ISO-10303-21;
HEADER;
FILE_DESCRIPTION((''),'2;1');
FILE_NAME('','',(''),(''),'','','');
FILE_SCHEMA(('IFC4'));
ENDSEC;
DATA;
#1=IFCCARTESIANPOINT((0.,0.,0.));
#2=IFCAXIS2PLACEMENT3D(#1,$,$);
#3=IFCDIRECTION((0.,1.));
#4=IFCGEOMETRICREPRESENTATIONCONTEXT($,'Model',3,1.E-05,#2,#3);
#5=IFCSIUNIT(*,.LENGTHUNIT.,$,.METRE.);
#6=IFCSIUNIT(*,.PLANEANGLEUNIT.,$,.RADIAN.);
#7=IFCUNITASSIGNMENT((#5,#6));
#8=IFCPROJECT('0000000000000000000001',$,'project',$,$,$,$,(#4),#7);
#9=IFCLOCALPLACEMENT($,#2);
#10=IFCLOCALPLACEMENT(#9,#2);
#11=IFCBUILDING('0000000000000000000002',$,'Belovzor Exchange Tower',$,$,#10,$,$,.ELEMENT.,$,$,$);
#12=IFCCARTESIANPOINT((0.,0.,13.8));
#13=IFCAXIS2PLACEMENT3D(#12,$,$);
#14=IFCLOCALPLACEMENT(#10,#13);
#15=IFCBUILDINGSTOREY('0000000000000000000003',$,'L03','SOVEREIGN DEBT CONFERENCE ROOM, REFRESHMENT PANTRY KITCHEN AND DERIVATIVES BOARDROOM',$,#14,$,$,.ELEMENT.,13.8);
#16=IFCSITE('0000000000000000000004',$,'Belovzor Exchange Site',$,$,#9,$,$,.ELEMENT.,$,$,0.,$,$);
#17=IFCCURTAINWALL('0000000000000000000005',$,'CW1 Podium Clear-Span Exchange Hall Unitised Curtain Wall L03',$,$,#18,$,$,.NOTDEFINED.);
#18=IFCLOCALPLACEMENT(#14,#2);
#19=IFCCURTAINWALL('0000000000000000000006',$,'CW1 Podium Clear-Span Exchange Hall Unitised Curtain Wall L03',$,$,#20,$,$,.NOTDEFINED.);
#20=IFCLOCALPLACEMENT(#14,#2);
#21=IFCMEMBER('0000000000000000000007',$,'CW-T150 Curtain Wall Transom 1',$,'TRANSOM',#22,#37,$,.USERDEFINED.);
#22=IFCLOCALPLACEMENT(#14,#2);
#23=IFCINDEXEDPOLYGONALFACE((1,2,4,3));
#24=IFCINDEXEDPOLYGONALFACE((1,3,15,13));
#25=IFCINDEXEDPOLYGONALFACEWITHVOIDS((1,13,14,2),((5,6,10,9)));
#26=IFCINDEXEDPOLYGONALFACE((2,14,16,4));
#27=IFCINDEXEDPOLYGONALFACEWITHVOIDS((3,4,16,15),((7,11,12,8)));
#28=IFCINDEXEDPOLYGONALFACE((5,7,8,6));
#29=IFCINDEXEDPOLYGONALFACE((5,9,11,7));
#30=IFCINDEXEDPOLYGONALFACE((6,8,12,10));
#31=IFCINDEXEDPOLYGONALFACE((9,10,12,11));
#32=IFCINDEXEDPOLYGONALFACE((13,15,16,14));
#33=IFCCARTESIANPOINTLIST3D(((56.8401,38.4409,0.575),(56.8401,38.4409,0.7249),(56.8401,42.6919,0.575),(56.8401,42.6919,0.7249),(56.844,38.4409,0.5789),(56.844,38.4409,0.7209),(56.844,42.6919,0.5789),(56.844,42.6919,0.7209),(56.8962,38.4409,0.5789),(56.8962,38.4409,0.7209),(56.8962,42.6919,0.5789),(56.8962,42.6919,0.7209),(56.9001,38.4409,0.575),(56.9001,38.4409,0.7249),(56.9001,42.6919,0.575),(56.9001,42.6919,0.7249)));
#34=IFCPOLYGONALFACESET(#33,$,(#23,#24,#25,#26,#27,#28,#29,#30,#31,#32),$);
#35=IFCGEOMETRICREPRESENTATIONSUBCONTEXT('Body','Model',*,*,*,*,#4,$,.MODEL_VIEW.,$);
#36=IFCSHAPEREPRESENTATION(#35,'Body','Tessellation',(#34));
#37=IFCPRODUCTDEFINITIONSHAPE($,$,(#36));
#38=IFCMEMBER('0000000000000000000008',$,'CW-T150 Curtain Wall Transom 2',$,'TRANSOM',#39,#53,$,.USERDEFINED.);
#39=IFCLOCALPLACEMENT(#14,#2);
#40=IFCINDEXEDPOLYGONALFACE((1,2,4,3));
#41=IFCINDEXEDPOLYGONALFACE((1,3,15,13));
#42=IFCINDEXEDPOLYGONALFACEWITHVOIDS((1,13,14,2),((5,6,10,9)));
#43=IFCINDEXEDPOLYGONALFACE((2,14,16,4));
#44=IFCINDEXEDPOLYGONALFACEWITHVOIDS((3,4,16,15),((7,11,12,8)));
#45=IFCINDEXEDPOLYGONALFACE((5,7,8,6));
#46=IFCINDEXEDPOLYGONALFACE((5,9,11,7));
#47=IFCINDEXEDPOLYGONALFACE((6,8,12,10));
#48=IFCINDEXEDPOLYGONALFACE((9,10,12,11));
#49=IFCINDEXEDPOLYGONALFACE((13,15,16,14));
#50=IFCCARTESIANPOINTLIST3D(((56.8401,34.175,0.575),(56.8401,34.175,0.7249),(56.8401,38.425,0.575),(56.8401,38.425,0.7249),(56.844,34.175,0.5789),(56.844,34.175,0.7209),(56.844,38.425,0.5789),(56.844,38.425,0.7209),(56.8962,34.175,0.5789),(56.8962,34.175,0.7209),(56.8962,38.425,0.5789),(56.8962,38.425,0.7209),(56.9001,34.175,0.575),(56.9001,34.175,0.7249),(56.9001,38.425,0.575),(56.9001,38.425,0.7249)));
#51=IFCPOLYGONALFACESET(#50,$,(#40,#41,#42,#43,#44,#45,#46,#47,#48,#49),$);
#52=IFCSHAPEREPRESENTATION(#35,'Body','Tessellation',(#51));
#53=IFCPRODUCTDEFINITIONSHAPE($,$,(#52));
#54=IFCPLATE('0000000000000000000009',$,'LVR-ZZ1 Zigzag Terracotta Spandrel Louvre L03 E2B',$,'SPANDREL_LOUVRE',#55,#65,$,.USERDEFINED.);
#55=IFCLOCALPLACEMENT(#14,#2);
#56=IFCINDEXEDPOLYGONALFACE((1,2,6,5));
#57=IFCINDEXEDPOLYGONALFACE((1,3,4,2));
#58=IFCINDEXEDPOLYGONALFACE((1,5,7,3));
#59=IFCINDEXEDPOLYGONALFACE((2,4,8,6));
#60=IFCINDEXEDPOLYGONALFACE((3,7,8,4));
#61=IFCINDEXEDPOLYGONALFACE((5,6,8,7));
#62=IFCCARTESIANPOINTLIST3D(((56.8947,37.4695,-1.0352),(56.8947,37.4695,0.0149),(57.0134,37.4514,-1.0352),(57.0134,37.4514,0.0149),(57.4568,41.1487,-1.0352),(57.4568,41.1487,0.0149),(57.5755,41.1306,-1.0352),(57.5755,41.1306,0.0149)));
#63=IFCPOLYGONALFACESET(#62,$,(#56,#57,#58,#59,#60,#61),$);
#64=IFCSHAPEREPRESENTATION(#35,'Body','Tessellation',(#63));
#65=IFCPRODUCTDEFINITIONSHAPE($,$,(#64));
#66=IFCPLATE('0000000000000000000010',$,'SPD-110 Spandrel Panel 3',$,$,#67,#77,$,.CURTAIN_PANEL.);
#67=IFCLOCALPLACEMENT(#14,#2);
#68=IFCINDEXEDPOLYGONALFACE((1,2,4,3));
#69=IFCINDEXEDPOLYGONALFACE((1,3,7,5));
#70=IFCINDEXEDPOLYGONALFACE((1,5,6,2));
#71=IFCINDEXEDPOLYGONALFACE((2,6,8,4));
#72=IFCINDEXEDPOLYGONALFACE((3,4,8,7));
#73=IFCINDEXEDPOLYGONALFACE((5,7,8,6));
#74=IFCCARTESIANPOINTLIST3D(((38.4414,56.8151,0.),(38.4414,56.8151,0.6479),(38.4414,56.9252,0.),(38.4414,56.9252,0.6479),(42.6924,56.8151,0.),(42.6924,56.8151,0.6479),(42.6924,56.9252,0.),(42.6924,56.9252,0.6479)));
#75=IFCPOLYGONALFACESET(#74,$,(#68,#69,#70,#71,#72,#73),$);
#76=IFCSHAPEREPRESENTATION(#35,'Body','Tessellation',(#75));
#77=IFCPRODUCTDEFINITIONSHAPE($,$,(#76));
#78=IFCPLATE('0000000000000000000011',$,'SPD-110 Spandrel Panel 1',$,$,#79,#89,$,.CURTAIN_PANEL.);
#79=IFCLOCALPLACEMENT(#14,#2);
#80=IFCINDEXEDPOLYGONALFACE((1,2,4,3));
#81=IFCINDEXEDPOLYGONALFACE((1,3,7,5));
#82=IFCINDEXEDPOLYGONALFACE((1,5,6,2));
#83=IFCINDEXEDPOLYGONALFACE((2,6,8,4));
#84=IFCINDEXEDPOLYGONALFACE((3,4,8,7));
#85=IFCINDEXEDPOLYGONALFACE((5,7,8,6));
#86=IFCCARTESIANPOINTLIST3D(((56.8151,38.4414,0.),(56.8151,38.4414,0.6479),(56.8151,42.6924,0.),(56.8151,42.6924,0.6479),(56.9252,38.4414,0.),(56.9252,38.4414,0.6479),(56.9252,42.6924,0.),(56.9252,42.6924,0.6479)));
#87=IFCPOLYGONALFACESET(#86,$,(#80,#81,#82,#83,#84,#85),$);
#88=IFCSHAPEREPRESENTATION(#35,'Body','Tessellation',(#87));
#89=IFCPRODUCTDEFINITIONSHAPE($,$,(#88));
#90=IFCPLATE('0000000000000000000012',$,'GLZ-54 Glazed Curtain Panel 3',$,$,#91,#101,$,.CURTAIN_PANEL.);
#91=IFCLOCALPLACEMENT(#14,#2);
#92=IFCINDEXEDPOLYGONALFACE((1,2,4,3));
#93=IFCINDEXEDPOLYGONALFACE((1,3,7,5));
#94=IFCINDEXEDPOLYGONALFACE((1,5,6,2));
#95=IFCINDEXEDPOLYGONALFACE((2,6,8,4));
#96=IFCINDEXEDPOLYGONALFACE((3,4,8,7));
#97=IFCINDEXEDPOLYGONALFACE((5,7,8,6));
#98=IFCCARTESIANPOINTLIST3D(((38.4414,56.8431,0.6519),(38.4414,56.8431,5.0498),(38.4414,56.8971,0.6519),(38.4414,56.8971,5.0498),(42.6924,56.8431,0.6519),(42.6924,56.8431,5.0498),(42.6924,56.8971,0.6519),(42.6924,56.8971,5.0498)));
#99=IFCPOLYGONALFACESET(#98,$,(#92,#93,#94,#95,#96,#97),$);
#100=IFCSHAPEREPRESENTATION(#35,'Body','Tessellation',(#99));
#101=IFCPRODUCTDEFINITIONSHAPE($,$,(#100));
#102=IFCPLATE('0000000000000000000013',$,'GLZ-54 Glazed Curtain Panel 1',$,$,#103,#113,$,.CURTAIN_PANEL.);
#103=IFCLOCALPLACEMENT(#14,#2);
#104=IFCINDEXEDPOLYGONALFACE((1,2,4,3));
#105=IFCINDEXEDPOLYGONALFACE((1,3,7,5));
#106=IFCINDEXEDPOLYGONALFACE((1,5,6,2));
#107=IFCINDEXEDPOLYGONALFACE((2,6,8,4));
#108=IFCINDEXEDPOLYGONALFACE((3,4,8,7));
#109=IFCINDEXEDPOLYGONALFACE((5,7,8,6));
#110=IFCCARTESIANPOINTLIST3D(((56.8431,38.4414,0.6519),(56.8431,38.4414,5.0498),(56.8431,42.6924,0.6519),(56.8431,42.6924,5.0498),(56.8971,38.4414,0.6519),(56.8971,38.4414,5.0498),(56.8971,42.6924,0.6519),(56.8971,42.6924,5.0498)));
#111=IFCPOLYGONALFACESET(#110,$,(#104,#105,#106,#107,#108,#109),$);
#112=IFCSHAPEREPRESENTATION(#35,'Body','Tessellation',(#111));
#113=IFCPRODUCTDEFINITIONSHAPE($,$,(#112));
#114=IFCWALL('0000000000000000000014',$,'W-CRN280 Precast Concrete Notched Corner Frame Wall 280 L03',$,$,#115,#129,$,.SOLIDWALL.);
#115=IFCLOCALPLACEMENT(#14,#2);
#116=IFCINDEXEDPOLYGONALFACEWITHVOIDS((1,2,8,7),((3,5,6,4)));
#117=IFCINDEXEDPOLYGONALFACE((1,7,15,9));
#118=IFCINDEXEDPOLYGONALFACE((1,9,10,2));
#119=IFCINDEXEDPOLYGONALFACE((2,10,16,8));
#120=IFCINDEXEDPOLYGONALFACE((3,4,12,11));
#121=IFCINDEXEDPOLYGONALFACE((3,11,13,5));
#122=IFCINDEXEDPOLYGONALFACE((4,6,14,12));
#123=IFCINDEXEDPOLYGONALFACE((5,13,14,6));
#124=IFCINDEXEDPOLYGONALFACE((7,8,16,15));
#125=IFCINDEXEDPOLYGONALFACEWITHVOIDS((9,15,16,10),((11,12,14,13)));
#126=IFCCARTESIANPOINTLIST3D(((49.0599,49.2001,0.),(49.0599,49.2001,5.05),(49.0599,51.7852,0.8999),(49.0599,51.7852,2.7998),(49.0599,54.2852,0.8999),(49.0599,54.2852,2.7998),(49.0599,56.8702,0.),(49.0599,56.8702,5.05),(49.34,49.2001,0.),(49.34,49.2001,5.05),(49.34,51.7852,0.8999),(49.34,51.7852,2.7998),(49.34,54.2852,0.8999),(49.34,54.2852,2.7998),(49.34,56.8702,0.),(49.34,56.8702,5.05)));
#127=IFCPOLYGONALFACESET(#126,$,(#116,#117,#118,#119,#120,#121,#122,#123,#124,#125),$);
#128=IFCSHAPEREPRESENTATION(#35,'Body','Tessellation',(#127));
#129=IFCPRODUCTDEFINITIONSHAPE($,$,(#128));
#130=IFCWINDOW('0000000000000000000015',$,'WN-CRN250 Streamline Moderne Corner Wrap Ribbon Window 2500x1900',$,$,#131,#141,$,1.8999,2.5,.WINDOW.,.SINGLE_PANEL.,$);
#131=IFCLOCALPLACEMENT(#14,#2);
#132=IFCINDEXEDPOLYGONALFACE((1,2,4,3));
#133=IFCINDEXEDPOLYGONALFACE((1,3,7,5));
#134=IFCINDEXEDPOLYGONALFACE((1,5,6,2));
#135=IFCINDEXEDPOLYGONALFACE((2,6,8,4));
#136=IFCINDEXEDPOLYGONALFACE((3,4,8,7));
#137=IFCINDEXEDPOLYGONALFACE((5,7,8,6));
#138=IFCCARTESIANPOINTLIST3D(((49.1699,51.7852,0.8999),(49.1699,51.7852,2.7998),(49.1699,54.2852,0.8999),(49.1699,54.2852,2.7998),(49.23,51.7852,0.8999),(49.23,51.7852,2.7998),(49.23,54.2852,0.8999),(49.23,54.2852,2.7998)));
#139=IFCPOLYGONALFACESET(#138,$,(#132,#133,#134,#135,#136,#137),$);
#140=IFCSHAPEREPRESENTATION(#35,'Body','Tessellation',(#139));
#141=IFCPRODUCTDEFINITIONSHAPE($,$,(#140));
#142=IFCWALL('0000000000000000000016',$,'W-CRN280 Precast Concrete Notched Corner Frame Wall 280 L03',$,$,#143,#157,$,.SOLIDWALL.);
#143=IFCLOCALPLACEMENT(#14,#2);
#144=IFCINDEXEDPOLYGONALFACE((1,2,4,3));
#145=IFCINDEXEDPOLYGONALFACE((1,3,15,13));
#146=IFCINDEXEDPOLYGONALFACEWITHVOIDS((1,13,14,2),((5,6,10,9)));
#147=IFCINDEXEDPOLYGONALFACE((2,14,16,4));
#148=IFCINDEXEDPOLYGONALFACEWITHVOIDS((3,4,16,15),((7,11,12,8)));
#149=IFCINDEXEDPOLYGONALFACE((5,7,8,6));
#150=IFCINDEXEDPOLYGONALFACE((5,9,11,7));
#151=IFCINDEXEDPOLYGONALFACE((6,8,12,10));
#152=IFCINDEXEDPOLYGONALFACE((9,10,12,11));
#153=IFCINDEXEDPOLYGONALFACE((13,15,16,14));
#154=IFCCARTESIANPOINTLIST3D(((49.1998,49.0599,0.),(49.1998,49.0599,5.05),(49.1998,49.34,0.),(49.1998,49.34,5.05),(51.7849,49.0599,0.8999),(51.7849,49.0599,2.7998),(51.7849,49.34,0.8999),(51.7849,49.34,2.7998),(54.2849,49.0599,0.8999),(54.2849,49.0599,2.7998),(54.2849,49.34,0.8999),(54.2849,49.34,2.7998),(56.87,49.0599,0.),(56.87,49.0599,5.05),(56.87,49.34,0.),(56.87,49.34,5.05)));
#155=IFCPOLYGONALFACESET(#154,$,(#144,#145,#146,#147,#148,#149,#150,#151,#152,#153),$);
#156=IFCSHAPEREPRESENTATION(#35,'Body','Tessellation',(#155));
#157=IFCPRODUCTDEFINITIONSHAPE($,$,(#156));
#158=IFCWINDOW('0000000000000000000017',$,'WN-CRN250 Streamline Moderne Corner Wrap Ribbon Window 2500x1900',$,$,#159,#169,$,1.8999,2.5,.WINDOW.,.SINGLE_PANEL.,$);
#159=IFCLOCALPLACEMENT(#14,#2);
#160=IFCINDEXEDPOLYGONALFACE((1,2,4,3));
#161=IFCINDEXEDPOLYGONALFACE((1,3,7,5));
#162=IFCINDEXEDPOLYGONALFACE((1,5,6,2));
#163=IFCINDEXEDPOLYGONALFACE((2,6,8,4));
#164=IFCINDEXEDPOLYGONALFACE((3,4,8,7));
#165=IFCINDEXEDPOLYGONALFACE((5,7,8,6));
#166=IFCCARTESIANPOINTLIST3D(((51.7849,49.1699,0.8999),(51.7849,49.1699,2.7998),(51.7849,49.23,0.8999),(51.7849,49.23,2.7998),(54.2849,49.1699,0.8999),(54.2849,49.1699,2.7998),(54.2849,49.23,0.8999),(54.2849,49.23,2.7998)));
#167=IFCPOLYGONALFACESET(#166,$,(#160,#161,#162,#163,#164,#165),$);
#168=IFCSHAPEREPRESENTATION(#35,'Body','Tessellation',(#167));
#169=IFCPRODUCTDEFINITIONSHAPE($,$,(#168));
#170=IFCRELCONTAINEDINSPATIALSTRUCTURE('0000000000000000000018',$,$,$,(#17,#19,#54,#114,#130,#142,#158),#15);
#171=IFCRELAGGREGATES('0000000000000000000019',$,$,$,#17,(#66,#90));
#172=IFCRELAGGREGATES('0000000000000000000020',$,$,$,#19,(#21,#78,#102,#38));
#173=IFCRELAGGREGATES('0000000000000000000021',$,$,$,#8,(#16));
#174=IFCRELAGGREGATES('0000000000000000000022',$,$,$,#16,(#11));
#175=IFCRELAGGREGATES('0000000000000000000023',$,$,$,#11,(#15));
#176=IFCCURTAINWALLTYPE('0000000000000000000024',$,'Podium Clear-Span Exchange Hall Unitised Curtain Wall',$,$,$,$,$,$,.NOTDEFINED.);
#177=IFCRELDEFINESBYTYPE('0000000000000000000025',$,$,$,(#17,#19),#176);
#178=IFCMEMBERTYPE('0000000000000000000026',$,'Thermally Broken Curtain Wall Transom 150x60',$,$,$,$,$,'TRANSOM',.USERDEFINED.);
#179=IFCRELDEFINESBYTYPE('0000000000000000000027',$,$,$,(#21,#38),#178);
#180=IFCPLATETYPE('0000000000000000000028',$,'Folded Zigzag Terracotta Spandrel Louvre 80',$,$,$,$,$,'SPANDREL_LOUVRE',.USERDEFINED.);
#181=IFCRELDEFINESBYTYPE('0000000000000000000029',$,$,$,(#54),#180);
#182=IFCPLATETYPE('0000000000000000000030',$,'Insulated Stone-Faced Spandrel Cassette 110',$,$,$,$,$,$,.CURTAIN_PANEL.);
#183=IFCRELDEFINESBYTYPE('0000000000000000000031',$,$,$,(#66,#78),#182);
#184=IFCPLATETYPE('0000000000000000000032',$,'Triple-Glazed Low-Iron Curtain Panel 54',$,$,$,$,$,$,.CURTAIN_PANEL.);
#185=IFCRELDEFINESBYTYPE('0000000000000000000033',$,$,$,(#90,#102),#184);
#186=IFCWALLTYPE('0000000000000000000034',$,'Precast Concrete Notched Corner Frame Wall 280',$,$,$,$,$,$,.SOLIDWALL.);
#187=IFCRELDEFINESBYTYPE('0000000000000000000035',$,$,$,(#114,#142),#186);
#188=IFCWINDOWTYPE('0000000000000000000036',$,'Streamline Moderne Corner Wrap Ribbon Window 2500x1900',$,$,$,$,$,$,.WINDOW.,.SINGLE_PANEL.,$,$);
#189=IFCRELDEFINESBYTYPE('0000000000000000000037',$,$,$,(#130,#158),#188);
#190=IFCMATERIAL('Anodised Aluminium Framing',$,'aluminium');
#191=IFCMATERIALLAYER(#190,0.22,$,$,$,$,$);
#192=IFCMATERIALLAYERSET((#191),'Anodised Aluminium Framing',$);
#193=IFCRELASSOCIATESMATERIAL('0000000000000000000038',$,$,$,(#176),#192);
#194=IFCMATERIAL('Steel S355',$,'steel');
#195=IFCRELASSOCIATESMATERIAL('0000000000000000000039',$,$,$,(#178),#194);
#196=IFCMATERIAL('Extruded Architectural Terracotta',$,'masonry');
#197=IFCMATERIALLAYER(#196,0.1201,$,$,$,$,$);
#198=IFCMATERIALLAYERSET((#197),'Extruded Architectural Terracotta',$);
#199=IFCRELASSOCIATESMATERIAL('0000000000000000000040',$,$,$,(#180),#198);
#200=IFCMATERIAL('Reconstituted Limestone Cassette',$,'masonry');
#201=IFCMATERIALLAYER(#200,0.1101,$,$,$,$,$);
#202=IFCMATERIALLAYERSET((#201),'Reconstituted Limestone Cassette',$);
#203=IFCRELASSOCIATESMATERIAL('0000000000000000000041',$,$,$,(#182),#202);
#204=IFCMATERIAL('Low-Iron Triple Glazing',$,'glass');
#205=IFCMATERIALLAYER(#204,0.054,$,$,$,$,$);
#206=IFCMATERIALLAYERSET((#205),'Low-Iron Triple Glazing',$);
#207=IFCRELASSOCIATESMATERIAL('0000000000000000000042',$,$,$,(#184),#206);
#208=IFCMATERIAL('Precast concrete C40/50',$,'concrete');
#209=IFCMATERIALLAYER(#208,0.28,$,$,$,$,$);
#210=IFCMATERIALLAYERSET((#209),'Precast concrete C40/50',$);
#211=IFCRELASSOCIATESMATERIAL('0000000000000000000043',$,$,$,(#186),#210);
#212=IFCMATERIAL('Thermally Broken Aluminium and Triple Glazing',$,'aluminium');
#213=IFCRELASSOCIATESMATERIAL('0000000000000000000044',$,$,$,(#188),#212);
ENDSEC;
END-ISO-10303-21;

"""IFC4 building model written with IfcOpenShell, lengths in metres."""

from ifc_helpers import new_model, si_unit, direction, frame, frame_2d, origin, origin_2d, place, context, subcontext, project, spatial, rectangle, hollow_rectangle, extrude, material, layer, layer_set, material_profile, profile_set, type_object, element, fill, aggregate, save


model = new_model("IFC4")

# Units and contexts
model_context = context("Model", 3, precision=1e-05, world=origin(), true_north=direction((0.0, 1.0)))
body_context = subcontext(model_context, "Body", "Model", "MODEL_VIEW")
ifc_project = project(units=[si_unit("LENGTHUNIT", "METRE"), si_unit("PLANEANGLEUNIT", "RADIAN")], contexts=[model_context])

# Site, building, storey
site_placement = place(None, origin())
site = spatial("IfcSite", under=ifc_project, at=site_placement, Name="Belovzor Exchange Site", CompositionType="ELEMENT", RefElevation=0.0)
building_placement = place(site_placement, origin())
building = spatial("IfcBuilding", under=site, at=building_placement, Name="Belovzor Exchange Tower", CompositionType="ELEMENT")
storey_placement = place(building_placement, frame((0.0, 0.0, 13.8)))
storey = spatial("IfcBuildingStorey", under=building, at=storey_placement, Name="L03", Description="SOVEREIGN DEBT CONFERENCE ROOM, REFRESHMENT PANTRY KITCHEN AND DERIVATIVES BOARDROOM", CompositionType="ELEMENT", Elevation=13.8)

# Curtain wall
ifc_material_1 = material(Name="Anodised Aluminium Framing", Category="aluminium")
ifc_layer_1 = layer(ifc_material_1, 0.22)
ifc_layer_set_1 = layer_set([ifc_layer_1], Name="Anodised Aluminium Framing")
curtain_wall_type = type_object("IfcCurtainWallType", Name="Podium Clear-Span Exchange Hall Unitised Curtain Wall", PredefinedType="NOTDEFINED", material=ifc_layer_set_1)
curtain_wall_1_placement = place(storey_placement, origin())
curtain_wall_1 = element("IfcCurtainWall", 1, at=curtain_wall_1_placement, inside=storey, type_object=curtain_wall_type, Name="CW1 Podium Clear-Span Exchange Hall Unitised Curtain Wall L03", PredefinedType="NOTDEFINED")

# Curtain wall, members
curtain_wall_2_placement = place(storey_placement, origin())
curtain_wall_2 = element("IfcCurtainWall", 2, at=curtain_wall_2_placement, inside=storey, type_object=curtain_wall_type, Name="CW1 Podium Clear-Span Exchange Hall Unitised Curtain Wall L03", PredefinedType="NOTDEFINED")
ifc_material_2 = material(Name="Steel S355", Category="steel")
ifc_material_profile_1 = material_profile(ifc_material_2, hollow_rectangle(XDim=0.0601, YDim=0.1499, WallThickness=0.0039, at=origin_2d()))
ifc_profile_set_1 = profile_set([ifc_material_profile_1], Name="Steel S355")
member_type_1 = type_object("IfcMemberType", Name="Thermally Broken Curtain Wall Transom 150x60", ElementType="TRANSOM", PredefinedType="USERDEFINED", material=ifc_profile_set_1)
member_1_placement = place(storey_placement, frame((56.8701, 42.6919, 0.6499), z_axis=(0.0, -1.0, 0.0), x_axis=(1.0, 0.0, 0.0)))
member_1 = element("IfcMember", 3, at=member_1_placement, type_object=member_type_1, Name="CW-T150 Curtain Wall Transom 1", ObjectType="TRANSOM", PredefinedType="USERDEFINED", context=body_context, shape_type="SweptSolid", body=[
    extrude(hollow_rectangle(XDim=0.0601, YDim=0.1499, WallThickness=0.0039, at=origin_2d()), origin(), (0.0, 0.0, 1.0), 4.251),
])
member_2_placement = place(storey_placement, frame((56.8701, 38.425, 0.6499), z_axis=(0.0, -1.0, 0.0), x_axis=(1.0, 0.0, 0.0)))
member_2 = element("IfcMember", 4, at=member_2_placement, type_object=member_type_1, Name="CW-T150 Curtain Wall Transom 2", ObjectType="TRANSOM", PredefinedType="USERDEFINED", context=body_context, shape_type="SweptSolid", body=[
    extrude(hollow_rectangle(XDim=0.0601, YDim=0.1499, WallThickness=0.0039, at=origin_2d()), origin(), (0.0, 0.0, 1.0), 4.25),
])

# Plates
ifc_material_3 = material(Name="Extruded Architectural Terracotta", Category="masonry")
ifc_layer_2 = layer(ifc_material_3, 0.1201)
ifc_layer_set_2 = layer_set([ifc_layer_2], Name="Extruded Architectural Terracotta")
plate_type_1 = type_object("IfcPlateType", Name="Folded Zigzag Terracotta Spandrel Louvre 80", ElementType="SPANDREL_LOUVRE", PredefinedType="USERDEFINED", material=ifc_layer_set_2)
plate_1_placement = place(storey_placement, frame((57.2351, 39.3, -1.0352), z_axis=(0.0, 0.0, 1.0), x_axis=(0.151019, 0.988531, 0.0)))
element("IfcPlate", 5, at=plate_1_placement, inside=storey, type_object=plate_type_1, Name="LVR-ZZ1 Zigzag Terracotta Spandrel Louvre L03 E2B", ObjectType="SPANDREL_LOUVRE", PredefinedType="USERDEFINED", context=body_context, shape_type="SweptSolid", body=[
    extrude(rectangle(XDim=3.7219, YDim=0.1201, at=origin_2d()), origin(), (0.0, 0.0, 1.0), 1.05),
])
ifc_material_4 = material(Name="Reconstituted Limestone Cassette", Category="masonry")
ifc_layer_3 = layer(ifc_material_4, 0.1101)
ifc_layer_set_3 = layer_set([ifc_layer_3], Name="Reconstituted Limestone Cassette")
plate_type_2 = type_object("IfcPlateType", Name="Insulated Stone-Faced Spandrel Cassette 110", PredefinedType="CURTAIN_PANEL", material=ifc_layer_set_3)
plate_2_placement = place(storey_placement, frame((40.5669, 56.8701, 0.0), z_axis=(0.0, 0.0, 1.0), x_axis=(1.0, 0.0, 0.0)))
plate_2 = element("IfcPlate", 6, at=plate_2_placement, type_object=plate_type_2, Name="SPD-110 Spandrel Panel 3", PredefinedType="CURTAIN_PANEL", context=body_context, shape_type="SweptSolid", body=[
    extrude(rectangle(XDim=4.251, YDim=0.1101, at=origin_2d()), origin(), (0.0, 0.0, 1.0), 0.6479),
])
plate_3_placement = place(storey_placement, frame((56.8701, 40.5669, 0.0), z_axis=(0.0, 0.0, 1.0), x_axis=(0.0, -1.0, 0.0)))
plate_3 = element("IfcPlate", 7, at=plate_3_placement, type_object=plate_type_2, Name="SPD-110 Spandrel Panel 1", PredefinedType="CURTAIN_PANEL", context=body_context, shape_type="SweptSolid", body=[
    extrude(rectangle(XDim=4.251, YDim=0.1101, at=origin_2d()), origin(), (0.0, 0.0, 1.0), 0.6479),
])
ifc_material_5 = material(Name="Low-Iron Triple Glazing", Category="glass")
ifc_layer_4 = layer(ifc_material_5, 0.054)
ifc_layer_set_4 = layer_set([ifc_layer_4], Name="Low-Iron Triple Glazing")
plate_type_3 = type_object("IfcPlateType", Name="Triple-Glazed Low-Iron Curtain Panel 54", PredefinedType="CURTAIN_PANEL", material=ifc_layer_set_4)
plate_4_placement = place(storey_placement, frame((40.5669, 56.8701, 0.6519), z_axis=(0.0, 0.0, 1.0), x_axis=(1.0, 0.0, 0.0)))
plate_4 = element("IfcPlate", 8, at=plate_4_placement, type_object=plate_type_3, Name="GLZ-54 Glazed Curtain Panel 3", PredefinedType="CURTAIN_PANEL", context=body_context, shape_type="SweptSolid", body=[
    extrude(rectangle(XDim=4.251, YDim=0.054, at=origin_2d()), origin(), (0.0, 0.0, 1.0), 4.3979),
])
aggregate(curtain_wall_1, [plate_2, plate_4])
plate_5_placement = place(storey_placement, frame((56.8701, 40.5669, 0.6519), z_axis=(0.0, 0.0, 1.0), x_axis=(0.0, -1.0, 0.0)))
plate_5 = element("IfcPlate", 9, at=plate_5_placement, type_object=plate_type_3, Name="GLZ-54 Glazed Curtain Panel 1", PredefinedType="CURTAIN_PANEL", context=body_context, shape_type="SweptSolid", body=[
    extrude(rectangle(XDim=4.251, YDim=0.054, at=origin_2d()), origin(), (0.0, 0.0, 1.0), 4.3979),
])
aggregate(curtain_wall_2, [member_1, plate_3, plate_5, member_2])

# Walls, openings, windows
ifc_material_6 = material(Name="Precast concrete C40/50", Category="concrete")
ifc_layer_5 = layer(ifc_material_6, 0.28)
ifc_layer_set_5 = layer_set([ifc_layer_5], Name="Precast concrete C40/50")
wall_type_1 = type_object("IfcWallType", Name="Precast Concrete Notched Corner Frame Wall 280", PredefinedType="SOLIDWALL", material=ifc_layer_set_5)
wall_1_placement = place(storey_placement, frame((49.2, 56.8701, 0.0), z_axis=(0.0, 0.0, 1.0), x_axis=(0.0, -1.0, 0.0)))
wall_1 = element("IfcWall", 10, at=wall_1_placement, inside=storey, type_object=wall_type_1, Name="W-CRN280 Precast Concrete Notched Corner Frame Wall 280 L03", PredefinedType="SOLIDWALL", context=body_context, shape_type="SweptSolid", body=[
    extrude(rectangle(XDim=7.6702, YDim=0.28, at=frame_2d((3.835, 0.0))), origin(), (0.0, 0.0, 1.0), 5.05),
])
opening_1_placement = place(wall_1_placement, frame((2.585, 0.0, 0.8999)))
opening_1 = element("IfcOpeningElement", 11, at=opening_1_placement, cuts=wall_1, PredefinedType="OPENING", context=body_context, shape_type="SweptSolid", body=[
    extrude(rectangle(XDim=2.5, YDim=1.8999, at=frame_2d((1.25, 0.95))), frame((0.0, 0.1499, 0.0), z_axis=(0.0, -1.0, 0.0), x_axis=(1.0, 0.0, 0.0)), (0.0, 0.0, 1.0), 0.3),
])
ifc_material_7 = material(Name="Thermally Broken Aluminium and Triple Glazing", Category="aluminium")
window_type = type_object("IfcWindowType", Name="Streamline Moderne Corner Wrap Ribbon Window 2500x1900", PartitioningType="SINGLE_PANEL", PredefinedType="WINDOW", material=ifc_material_7)
window_1_placement = place(opening_1_placement, origin())
window_1 = element("IfcWindow", 12, at=window_1_placement, inside=storey, type_object=window_type, Name="WN-CRN250 Streamline Moderne Corner Wrap Ribbon Window 2500x1900", OverallHeight=1.8999, OverallWidth=2.5, PartitioningType="SINGLE_PANEL", PredefinedType="WINDOW", context=body_context, shape_type="SweptSolid", body=[
    extrude(rectangle(XDim=2.5, YDim=1.8999, at=frame_2d((1.25, 0.95))), frame((0.0, 0.03, 0.0), z_axis=(0.0, -1.0, 0.0), x_axis=(1.0, 0.0, 0.0)), (0.0, 0.0, 1.0), 0.0601),
])
fill(opening_1, window_1)
wall_2_placement = place(storey_placement, frame((49.2, 49.2, 0.0), z_axis=(0.0, 0.0, 1.0), x_axis=(1.0, 0.0, 0.0)))
wall_2 = element("IfcWall", 13, at=wall_2_placement, inside=storey, type_object=wall_type_1, Name="W-CRN280 Precast Concrete Notched Corner Frame Wall 280 L03", PredefinedType="SOLIDWALL", context=body_context, shape_type="SweptSolid", body=[
    extrude(rectangle(XDim=7.6702, YDim=0.28, at=frame_2d((3.835, 0.0))), origin(), (0.0, 0.0, 1.0), 5.05),
])
opening_2_placement = place(wall_2_placement, frame((2.585, 0.0, 0.8999)))
opening_2 = element("IfcOpeningElement", 14, at=opening_2_placement, cuts=wall_2, PredefinedType="OPENING", context=body_context, shape_type="SweptSolid", body=[
    extrude(rectangle(XDim=2.5, YDim=1.8999, at=frame_2d((1.25, 0.95))), frame((0.0, 0.1499, 0.0), z_axis=(0.0, -1.0, 0.0), x_axis=(1.0, 0.0, 0.0)), (0.0, 0.0, 1.0), 0.3),
])
window_2_placement = place(opening_2_placement, origin())
window_2 = element("IfcWindow", 15, at=window_2_placement, inside=storey, type_object=window_type, Name="WN-CRN250 Streamline Moderne Corner Wrap Ribbon Window 2500x1900", OverallHeight=1.8999, OverallWidth=2.5, PartitioningType="SINGLE_PANEL", PredefinedType="WINDOW", context=body_context, shape_type="SweptSolid", body=[
    extrude(rectangle(XDim=2.5, YDim=1.8999, at=frame_2d((1.25, 0.95))), frame((0.0, 0.03, 0.0), z_axis=(0.0, -1.0, 0.0), x_axis=(1.0, 0.0, 0.0)), (0.0, 0.0, 1.0), 0.0601),
])
fill(opening_2, window_2)

save(model, "model.ifc")
